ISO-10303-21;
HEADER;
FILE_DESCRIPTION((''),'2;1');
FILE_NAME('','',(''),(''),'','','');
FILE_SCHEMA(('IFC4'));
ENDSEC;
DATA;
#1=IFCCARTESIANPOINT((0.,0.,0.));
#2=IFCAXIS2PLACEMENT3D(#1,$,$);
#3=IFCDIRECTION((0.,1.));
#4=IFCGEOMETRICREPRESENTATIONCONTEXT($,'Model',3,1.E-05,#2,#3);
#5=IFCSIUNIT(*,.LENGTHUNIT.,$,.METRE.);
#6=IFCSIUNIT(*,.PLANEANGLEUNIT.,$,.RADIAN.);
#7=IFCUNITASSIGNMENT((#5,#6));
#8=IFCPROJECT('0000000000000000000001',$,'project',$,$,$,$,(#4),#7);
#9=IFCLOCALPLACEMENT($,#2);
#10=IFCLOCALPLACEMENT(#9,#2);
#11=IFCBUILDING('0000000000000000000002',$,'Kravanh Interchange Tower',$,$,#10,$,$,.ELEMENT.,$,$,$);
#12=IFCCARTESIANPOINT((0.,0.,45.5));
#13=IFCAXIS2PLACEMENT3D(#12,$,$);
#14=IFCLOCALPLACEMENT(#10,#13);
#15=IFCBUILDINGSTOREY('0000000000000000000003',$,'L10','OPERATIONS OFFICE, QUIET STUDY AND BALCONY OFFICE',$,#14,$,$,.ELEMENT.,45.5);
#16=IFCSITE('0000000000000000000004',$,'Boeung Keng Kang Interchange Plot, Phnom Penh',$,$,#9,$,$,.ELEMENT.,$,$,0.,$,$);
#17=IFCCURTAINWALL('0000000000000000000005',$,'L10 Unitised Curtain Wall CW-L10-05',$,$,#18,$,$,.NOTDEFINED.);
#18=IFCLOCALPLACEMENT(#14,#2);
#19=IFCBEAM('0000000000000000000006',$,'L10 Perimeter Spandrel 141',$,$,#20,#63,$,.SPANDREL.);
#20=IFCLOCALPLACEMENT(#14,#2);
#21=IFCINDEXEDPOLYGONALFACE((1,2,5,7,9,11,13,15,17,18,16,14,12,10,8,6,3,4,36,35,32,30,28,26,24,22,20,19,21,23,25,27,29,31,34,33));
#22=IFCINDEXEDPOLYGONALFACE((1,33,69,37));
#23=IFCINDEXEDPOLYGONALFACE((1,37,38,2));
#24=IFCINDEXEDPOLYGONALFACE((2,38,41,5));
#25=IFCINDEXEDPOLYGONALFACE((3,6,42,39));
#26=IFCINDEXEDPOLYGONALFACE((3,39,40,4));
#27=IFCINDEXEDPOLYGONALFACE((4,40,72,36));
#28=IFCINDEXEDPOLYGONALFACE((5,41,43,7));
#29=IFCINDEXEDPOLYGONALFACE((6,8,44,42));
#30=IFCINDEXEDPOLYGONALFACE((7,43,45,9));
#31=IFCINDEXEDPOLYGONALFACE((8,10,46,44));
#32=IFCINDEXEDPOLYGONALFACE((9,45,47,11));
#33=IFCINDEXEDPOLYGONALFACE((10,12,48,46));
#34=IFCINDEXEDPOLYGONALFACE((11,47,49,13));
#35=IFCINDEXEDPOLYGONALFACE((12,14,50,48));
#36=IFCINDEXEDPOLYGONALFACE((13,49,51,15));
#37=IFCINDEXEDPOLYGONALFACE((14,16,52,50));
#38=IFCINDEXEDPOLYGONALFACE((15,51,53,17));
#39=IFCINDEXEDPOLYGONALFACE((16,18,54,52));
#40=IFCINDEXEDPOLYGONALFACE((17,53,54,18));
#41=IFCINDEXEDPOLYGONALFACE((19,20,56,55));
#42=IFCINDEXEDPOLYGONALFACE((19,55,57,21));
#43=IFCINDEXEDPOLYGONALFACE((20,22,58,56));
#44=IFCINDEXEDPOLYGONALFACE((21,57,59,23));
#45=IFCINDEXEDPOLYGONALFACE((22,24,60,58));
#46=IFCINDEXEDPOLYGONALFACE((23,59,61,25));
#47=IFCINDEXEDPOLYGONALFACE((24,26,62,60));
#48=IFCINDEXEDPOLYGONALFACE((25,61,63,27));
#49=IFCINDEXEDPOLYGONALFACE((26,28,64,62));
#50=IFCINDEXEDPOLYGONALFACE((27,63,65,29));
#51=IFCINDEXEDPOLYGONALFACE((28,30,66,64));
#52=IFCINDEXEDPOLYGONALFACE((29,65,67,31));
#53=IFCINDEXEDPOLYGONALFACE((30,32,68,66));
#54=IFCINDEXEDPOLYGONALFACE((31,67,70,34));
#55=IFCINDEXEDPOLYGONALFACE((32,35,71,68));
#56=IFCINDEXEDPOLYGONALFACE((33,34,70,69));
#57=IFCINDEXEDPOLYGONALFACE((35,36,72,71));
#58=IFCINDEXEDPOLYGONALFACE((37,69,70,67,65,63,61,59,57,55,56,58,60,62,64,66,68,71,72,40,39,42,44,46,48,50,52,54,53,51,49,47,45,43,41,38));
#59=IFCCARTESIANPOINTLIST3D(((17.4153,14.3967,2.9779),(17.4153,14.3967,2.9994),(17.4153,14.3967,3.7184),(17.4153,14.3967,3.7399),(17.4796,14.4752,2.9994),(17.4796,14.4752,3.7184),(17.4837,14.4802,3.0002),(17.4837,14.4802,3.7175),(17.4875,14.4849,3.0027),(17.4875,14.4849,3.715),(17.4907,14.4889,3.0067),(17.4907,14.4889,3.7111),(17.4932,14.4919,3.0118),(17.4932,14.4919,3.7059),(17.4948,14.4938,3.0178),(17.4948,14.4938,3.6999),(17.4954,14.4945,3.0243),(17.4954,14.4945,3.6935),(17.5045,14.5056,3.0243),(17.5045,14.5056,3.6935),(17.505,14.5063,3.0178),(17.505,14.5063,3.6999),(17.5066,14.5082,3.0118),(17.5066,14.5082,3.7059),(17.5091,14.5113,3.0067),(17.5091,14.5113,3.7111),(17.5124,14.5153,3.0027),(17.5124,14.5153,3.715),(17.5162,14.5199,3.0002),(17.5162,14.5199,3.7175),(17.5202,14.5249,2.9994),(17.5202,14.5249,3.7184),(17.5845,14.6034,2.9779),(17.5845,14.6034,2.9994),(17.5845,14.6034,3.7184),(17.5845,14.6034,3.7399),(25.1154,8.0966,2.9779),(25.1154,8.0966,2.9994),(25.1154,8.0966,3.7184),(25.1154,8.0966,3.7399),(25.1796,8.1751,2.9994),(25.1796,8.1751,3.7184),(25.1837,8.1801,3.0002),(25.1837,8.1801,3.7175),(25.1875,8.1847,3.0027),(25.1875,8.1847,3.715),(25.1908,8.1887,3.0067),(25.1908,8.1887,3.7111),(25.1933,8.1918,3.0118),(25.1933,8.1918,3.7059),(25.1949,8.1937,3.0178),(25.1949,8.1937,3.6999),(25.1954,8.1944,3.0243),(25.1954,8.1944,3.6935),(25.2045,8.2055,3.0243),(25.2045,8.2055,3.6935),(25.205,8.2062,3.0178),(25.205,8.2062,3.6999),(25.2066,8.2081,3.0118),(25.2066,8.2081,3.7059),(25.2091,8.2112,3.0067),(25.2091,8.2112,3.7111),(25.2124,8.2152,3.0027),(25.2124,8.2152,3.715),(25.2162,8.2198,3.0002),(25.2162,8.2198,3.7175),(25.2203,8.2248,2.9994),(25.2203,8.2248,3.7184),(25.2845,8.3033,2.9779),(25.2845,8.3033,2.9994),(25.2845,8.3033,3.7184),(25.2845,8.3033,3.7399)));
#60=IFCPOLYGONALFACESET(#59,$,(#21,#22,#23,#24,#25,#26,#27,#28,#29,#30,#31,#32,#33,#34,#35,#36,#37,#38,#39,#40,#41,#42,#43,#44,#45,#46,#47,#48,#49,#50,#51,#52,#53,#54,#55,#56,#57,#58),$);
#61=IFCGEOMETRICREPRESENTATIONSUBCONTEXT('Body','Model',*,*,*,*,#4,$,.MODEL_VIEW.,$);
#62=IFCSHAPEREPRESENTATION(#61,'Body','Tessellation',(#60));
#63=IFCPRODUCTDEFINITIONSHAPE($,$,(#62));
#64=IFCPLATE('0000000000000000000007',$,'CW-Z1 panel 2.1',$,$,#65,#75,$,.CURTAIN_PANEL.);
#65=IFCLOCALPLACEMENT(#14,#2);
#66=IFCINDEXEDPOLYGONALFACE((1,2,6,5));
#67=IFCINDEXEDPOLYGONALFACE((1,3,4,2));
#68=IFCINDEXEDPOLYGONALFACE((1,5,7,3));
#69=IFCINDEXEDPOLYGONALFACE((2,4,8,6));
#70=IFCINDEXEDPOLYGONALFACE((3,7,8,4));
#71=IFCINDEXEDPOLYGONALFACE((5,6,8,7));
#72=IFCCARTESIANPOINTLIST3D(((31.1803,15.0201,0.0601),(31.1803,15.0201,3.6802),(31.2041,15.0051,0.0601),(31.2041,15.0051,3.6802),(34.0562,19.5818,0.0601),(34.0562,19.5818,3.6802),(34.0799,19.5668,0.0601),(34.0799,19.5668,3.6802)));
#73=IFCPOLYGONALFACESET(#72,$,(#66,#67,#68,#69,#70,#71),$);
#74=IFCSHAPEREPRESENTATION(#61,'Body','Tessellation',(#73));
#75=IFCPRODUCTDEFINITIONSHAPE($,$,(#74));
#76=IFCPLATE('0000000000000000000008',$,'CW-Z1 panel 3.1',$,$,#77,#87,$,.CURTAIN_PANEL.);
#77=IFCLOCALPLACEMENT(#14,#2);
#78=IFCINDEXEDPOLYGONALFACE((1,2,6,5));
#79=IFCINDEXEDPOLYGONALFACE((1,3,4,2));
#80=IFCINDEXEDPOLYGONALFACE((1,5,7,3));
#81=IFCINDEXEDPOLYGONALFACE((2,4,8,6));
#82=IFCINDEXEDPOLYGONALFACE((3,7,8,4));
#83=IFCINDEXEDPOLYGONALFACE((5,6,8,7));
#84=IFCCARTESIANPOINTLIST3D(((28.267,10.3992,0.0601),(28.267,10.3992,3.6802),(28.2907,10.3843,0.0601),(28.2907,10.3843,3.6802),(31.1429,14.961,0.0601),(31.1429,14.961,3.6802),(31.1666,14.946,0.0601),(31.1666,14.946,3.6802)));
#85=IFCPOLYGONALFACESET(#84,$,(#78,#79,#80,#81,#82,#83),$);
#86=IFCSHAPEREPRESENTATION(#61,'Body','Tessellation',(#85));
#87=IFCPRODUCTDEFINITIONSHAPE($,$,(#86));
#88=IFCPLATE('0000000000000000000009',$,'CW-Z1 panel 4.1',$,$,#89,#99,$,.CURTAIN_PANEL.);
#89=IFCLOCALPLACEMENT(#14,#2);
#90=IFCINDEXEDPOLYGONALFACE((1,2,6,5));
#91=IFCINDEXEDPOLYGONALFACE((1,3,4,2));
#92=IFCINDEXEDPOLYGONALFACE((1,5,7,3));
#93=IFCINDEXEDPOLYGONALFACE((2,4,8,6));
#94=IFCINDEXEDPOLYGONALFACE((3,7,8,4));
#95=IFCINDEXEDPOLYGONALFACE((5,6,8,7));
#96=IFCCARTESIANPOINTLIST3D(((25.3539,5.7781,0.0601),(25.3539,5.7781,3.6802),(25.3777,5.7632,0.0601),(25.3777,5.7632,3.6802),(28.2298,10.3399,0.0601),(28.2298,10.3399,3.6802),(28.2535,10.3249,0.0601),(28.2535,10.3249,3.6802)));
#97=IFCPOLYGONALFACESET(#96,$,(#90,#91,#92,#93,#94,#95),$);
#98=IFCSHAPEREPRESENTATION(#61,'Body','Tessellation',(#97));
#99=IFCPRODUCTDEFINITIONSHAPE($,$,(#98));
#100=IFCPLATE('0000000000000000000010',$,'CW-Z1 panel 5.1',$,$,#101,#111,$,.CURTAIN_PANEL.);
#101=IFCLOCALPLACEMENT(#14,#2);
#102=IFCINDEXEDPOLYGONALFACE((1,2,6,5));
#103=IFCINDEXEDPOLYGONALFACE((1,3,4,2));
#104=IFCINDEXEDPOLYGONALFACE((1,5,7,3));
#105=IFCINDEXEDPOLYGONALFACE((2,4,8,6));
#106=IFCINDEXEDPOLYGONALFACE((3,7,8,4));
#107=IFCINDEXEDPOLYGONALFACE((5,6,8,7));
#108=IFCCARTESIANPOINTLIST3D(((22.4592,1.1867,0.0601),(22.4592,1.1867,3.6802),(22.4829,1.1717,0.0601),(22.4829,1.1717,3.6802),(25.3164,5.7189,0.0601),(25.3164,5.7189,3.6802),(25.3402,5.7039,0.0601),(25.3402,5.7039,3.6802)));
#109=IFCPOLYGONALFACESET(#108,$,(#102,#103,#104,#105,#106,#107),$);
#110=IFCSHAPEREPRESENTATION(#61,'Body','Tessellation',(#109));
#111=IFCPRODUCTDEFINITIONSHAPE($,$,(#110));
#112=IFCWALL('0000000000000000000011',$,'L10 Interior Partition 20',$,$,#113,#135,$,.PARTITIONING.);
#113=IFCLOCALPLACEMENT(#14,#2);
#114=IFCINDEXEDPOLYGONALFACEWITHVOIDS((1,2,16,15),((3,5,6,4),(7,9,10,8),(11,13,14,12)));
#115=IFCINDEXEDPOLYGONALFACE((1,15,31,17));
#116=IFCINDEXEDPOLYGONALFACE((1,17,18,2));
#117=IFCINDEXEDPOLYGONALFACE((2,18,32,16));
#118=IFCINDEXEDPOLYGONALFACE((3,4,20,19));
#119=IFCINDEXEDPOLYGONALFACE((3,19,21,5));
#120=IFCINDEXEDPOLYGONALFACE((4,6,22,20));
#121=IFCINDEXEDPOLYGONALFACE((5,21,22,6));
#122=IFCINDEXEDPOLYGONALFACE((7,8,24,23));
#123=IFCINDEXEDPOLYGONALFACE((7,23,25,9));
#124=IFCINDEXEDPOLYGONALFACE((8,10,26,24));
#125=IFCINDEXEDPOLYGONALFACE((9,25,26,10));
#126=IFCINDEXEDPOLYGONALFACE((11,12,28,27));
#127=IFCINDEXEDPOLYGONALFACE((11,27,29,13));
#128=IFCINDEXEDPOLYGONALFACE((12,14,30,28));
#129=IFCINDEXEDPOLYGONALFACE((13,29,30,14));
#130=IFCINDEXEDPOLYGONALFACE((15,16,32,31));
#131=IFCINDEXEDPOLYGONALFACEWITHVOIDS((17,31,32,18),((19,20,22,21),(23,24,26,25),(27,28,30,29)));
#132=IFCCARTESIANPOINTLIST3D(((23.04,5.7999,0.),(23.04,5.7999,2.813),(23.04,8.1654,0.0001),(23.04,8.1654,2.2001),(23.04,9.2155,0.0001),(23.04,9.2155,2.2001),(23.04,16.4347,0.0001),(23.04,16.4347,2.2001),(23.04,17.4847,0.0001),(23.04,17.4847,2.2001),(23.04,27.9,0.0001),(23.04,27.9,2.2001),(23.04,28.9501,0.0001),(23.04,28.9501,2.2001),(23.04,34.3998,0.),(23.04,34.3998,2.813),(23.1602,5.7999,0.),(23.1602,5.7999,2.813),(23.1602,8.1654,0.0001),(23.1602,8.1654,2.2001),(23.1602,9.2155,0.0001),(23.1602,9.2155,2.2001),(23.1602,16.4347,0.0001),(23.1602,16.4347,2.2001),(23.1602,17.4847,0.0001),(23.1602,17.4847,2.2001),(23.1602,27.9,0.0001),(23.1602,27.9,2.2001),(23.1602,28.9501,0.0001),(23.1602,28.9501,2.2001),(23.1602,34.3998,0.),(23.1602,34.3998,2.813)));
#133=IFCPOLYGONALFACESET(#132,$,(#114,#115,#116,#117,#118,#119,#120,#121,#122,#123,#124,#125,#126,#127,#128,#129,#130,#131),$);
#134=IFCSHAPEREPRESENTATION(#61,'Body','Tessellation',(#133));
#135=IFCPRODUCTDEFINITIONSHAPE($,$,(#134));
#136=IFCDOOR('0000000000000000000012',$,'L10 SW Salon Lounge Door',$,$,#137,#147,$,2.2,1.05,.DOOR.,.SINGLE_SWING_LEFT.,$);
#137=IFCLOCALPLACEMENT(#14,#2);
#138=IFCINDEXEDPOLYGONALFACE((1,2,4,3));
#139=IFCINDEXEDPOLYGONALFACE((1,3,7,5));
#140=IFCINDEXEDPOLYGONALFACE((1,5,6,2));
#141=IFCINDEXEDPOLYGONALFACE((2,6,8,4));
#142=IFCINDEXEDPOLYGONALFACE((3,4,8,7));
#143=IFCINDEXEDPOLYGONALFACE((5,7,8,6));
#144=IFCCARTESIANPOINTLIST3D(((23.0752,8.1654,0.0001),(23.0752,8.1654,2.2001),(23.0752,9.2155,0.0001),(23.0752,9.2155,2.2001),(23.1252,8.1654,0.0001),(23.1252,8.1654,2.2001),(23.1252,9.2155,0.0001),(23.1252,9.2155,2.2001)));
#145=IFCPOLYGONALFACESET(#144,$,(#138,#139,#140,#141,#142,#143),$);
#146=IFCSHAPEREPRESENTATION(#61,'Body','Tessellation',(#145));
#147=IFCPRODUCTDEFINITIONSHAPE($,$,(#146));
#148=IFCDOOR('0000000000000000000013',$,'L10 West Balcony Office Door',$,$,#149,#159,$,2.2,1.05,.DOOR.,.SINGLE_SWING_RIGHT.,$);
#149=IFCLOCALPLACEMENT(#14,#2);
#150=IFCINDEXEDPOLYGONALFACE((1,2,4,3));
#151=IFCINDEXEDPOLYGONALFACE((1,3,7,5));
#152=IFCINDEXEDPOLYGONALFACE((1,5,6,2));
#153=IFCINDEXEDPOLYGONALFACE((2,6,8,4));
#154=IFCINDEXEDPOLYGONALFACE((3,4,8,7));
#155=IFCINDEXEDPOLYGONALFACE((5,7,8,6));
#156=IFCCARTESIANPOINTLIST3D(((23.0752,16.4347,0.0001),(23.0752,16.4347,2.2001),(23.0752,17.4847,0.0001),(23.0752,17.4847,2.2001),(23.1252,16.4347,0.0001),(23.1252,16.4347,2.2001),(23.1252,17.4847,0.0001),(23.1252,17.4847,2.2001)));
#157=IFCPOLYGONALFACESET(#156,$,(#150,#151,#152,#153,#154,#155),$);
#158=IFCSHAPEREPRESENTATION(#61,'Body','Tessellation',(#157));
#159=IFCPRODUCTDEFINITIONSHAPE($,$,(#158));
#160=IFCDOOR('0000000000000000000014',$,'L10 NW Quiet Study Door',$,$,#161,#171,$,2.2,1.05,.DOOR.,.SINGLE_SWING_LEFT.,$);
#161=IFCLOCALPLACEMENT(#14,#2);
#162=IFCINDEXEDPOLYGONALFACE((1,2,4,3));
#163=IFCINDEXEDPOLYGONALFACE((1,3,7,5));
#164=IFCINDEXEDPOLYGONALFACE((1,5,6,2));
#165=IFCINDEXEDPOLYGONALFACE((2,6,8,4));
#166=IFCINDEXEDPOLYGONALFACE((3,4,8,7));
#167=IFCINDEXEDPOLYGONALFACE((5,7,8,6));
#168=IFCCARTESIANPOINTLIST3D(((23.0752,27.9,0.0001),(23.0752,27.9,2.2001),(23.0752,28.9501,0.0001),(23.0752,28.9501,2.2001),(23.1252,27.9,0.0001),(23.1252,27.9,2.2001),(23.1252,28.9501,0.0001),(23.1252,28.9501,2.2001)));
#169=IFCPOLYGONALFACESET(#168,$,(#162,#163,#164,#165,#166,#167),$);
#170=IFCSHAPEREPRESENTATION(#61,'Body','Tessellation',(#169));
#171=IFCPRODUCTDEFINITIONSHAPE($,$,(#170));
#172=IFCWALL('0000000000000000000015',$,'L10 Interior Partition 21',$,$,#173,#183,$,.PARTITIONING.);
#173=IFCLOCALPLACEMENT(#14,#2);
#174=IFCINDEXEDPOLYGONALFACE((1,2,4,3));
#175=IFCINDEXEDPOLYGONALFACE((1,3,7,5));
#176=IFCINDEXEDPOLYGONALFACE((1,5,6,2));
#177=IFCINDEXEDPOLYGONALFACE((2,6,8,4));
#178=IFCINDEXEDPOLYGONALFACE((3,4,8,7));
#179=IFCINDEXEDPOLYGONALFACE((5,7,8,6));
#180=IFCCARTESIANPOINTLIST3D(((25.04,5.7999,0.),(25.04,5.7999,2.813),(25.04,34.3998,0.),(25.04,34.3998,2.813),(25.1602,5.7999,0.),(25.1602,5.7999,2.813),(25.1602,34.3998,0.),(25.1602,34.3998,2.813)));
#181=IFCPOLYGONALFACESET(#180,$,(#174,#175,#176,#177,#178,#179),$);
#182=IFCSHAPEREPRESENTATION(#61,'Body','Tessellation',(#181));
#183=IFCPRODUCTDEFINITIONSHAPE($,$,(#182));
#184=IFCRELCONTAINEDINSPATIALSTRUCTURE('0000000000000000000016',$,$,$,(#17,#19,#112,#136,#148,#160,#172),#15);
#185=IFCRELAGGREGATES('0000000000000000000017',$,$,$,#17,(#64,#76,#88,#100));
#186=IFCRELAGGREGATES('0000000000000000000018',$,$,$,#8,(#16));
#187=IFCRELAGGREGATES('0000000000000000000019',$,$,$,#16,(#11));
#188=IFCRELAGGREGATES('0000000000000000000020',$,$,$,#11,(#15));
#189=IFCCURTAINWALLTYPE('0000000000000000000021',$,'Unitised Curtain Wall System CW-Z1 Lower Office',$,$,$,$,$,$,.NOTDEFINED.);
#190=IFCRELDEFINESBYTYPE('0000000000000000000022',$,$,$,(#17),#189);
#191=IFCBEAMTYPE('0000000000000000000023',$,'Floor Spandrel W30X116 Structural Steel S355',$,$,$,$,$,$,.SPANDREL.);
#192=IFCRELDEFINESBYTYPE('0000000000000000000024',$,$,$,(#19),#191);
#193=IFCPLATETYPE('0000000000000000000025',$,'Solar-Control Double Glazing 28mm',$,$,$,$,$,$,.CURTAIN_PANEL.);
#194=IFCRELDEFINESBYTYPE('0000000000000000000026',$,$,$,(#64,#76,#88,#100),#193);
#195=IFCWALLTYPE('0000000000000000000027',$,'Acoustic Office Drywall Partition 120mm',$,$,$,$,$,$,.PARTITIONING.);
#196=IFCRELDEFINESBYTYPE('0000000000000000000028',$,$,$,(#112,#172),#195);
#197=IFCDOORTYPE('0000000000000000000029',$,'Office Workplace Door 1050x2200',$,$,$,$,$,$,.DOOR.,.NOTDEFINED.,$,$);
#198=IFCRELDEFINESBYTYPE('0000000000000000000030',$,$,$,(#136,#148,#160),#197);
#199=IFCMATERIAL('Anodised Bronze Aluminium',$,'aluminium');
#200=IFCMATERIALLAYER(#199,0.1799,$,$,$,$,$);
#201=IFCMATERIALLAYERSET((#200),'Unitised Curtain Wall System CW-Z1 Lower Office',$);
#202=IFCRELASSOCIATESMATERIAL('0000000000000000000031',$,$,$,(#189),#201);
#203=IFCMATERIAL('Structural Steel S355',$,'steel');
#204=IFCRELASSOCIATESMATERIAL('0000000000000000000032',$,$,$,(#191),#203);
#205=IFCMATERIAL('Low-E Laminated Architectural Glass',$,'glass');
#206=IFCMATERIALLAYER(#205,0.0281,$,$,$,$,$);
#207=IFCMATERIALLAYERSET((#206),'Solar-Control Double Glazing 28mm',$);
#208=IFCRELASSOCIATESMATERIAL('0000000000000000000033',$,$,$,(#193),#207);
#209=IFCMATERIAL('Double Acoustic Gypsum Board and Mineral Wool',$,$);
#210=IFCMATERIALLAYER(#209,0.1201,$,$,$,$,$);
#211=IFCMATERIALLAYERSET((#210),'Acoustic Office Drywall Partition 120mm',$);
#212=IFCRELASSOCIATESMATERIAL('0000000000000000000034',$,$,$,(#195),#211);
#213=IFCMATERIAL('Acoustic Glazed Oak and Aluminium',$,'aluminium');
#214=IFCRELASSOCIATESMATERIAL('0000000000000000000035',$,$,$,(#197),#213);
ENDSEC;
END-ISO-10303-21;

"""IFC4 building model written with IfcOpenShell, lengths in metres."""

from ifc_helpers import new_model, si_unit, direction, frame, frame_2d, origin, origin_2d, place, context, subcontext, project, spatial, rectangle, i_section, extrude, material, layer, layer_set, material_profile, profile_set, type_object, element, fill, aggregate, save


model = new_model("IFC4")

# Units and contexts
model_context = context("Model", 3, precision=1e-05, world=origin(), true_north=direction((0.0, 1.0)))
body_context = subcontext(model_context, "Body", "Model", "MODEL_VIEW")
ifc_project = project(units=[si_unit("LENGTHUNIT", "METRE"), si_unit("PLANEANGLEUNIT", "RADIAN")], contexts=[model_context])

# Site, building, storey
site_placement = place(None, origin())
site = spatial("IfcSite", under=ifc_project, at=site_placement, Name="Boeung Keng Kang Interchange Plot, Phnom Penh", CompositionType="ELEMENT", RefElevation=0.0)
building_placement = place(site_placement, origin())
building = spatial("IfcBuilding", under=site, at=building_placement, Name="Kravanh Interchange Tower", CompositionType="ELEMENT")
storey_placement = place(building_placement, frame((0.0, 0.0, 45.5)))
storey = spatial("IfcBuildingStorey", under=building, at=storey_placement, Name="L10", Description="OPERATIONS OFFICE, QUIET STUDY AND BALCONY OFFICE", CompositionType="ELEMENT", Elevation=45.5)

# Curtain wall
ifc_material_1 = material(Name="Anodised Bronze Aluminium", Category="aluminium")
ifc_layer_1 = layer(ifc_material_1, 0.1799)
ifc_layer_set_1 = layer_set([ifc_layer_1], Name="Unitised Curtain Wall System CW-Z1 Lower Office")
curtain_wall_type = type_object("IfcCurtainWallType", Name="Unitised Curtain Wall System CW-Z1 Lower Office", PredefinedType="NOTDEFINED", material=ifc_layer_set_1)
curtain_wall_1_placement = place(storey_placement, origin())
curtain_wall_1 = element("IfcCurtainWall", 1, at=curtain_wall_1_placement, inside=storey, type_object=curtain_wall_type, Name="L10 Unitised Curtain Wall CW-L10-05", PredefinedType="NOTDEFINED")

# Beam
ifc_material_2 = material(Name="Structural Steel S355", Category="steel")
ifc_material_profile_1 = material_profile(ifc_material_2, i_section(OverallWidth=0.2671, OverallDepth=0.762, WebThickness=0.0144, FlangeThickness=0.0215, FilletRadius=0.0249, at=origin_2d()), Name="W30X116")
ifc_profile_set_1 = profile_set([ifc_material_profile_1], Name="Structural Steel S355")
beam_type = type_object("IfcBeamType", Name="Floor Spandrel W30X116 Structural Steel S355", PredefinedType="SPANDREL", material=ifc_profile_set_1)
beam_1_placement = place(storey_placement, frame((25.2, 8.2, 3.3589), z_axis=(-0.773953, 0.633243, 0.0), x_axis=(-0.633243, -0.773953, 0.0)))
element("IfcBeam", 2, at=beam_1_placement, inside=storey, type_object=beam_type, Name="L10 Perimeter Spandrel 141", PredefinedType="SPANDREL", context=body_context, shape_type="SweptSolid", body=[
    extrude(i_section(OverallWidth=0.2671, OverallDepth=0.762, WebThickness=0.0144, FlangeThickness=0.0215, FilletRadius=0.0249, at=origin_2d()), origin(), (0.0, 0.0, 1.0), 9.949),
])

# Plates
ifc_material_3 = material(Name="Low-E Laminated Architectural Glass", Category="glass")
ifc_layer_2 = layer(ifc_material_3, 0.0281)
ifc_layer_set_2 = layer_set([ifc_layer_2], Name="Solar-Control Double Glazing 28mm")
plate_type = type_object("IfcPlateType", Name="Solar-Control Double Glazing 28mm", PredefinedType="CURTAIN_PANEL", material=ifc_layer_set_2)
plate_1_placement = place(storey_placement, frame((32.6301, 17.2935, 0.0601), z_axis=(0.0, 0.0, 1.0), x_axis=(-0.533301, -0.845926, 0.0)))
plate_1 = element("IfcPlate", 3, at=plate_1_placement, type_object=plate_type, Name="CW-Z1 panel 2.1", PredefinedType="CURTAIN_PANEL", context=body_context, shape_type="SweptSolid", body=[
    extrude(rectangle(XDim=5.3926, YDim=0.0281, at=origin_2d()), origin(), (0.0, 0.0, 1.0), 3.6201),
])
plate_2_placement = place(storey_placement, frame((29.7168, 12.6726, 0.0601), z_axis=(0.0, 0.0, 1.0), x_axis=(-0.533301, -0.845926, 0.0)))
plate_2 = element("IfcPlate", 4, at=plate_2_placement, type_object=plate_type, Name="CW-Z1 panel 3.1", PredefinedType="CURTAIN_PANEL", context=body_context, shape_type="SweptSolid", body=[
    extrude(rectangle(XDim=5.3926, YDim=0.0281, at=origin_2d()), origin(), (0.0, 0.0, 1.0), 3.6201),
])
plate_3_placement = place(storey_placement, frame((26.8037, 8.0515, 0.0601), z_axis=(0.0, 0.0, 1.0), x_axis=(-0.533301, -0.845926, 0.0)))
plate_3 = element("IfcPlate", 5, at=plate_3_placement, type_object=plate_type, Name="CW-Z1 panel 4.1", PredefinedType="CURTAIN_PANEL", context=body_context, shape_type="SweptSolid", body=[
    extrude(rectangle(XDim=5.3926, YDim=0.0281, at=origin_2d()), origin(), (0.0, 0.0, 1.0), 3.6201),
])
plate_4_placement = place(storey_placement, frame((23.8997, 3.4453, 0.0601), z_axis=(0.0, 0.0, 1.0), x_axis=(-0.533301, -0.845926, 0.0)))
plate_4 = element("IfcPlate", 6, at=plate_4_placement, type_object=plate_type, Name="CW-Z1 panel 5.1", PredefinedType="CURTAIN_PANEL", context=body_context, shape_type="SweptSolid", body=[
    extrude(rectangle(XDim=5.3577, YDim=0.0281, at=origin_2d()), origin(), (0.0, 0.0, 1.0), 3.6201),
])
aggregate(curtain_wall_1, [plate_1, plate_2, plate_3, plate_4])

# Wall, openings, doors
ifc_material_4 = material(Name="Double Acoustic Gypsum Board and Mineral Wool")
ifc_layer_3 = layer(ifc_material_4, 0.1201)
ifc_layer_set_3 = layer_set([ifc_layer_3], Name="Acoustic Office Drywall Partition 120mm")
wall_type = type_object("IfcWallType", Name="Acoustic Office Drywall Partition 120mm", PredefinedType="PARTITIONING", material=ifc_layer_set_3)
wall_1_placement = place(storey_placement, frame((23.1001, 5.8, 0.0), z_axis=(0.0, 0.0, 1.0), x_axis=(0.0, 1.0, 0.0)))
wall_1 = element("IfcWall", 7, at=wall_1_placement, inside=storey, type_object=wall_type, Name="L10 Interior Partition 20", PredefinedType="PARTITIONING", context=body_context, shape_type="SweptSolid", body=[
    extrude(rectangle(XDim=28.5999, YDim=0.1201, at=frame_2d((14.2998, 0.0))), origin(), (0.0, 0.0, 1.0), 2.813),
])
opening_1_placement = place(wall_1_placement, frame((2.3655, 0.0, 0.0)))
opening_1 = element("IfcOpeningElement", 8, at=opening_1_placement, cuts=wall_1, PredefinedType="OPENING", context=body_context, shape_type="SweptSolid", body=[
    extrude(rectangle(XDim=1.05, YDim=2.2, at=frame_2d((0.5249, 1.1001))), frame((0.0, 0.0701, 0.0), z_axis=(0.0, -1.0, 0.0), x_axis=(1.0, 0.0, 0.0)), (0.0, 0.0, 1.0), 0.1401),
])
opening_2_placement = place(wall_1_placement, frame((10.6348, 0.0, 0.0)))
opening_2 = element("IfcOpeningElement", 9, at=opening_2_placement, cuts=wall_1, PredefinedType="OPENING", context=body_context, shape_type="SweptSolid", body=[
    extrude(rectangle(XDim=1.05, YDim=2.2, at=frame_2d((0.5249, 1.1001))), frame((0.0, 0.0701, 0.0), z_axis=(0.0, -1.0, 0.0), x_axis=(1.0, 0.0, 0.0)), (0.0, 0.0, 1.0), 0.1401),
])
opening_3_placement = place(wall_1_placement, frame((22.1001, 0.0, 0.0)))
opening_3 = element("IfcOpeningElement", 10, at=opening_3_placement, cuts=wall_1, PredefinedType="OPENING", context=body_context, shape_type="SweptSolid", body=[
    extrude(rectangle(XDim=1.05, YDim=2.2, at=frame_2d((0.5249, 1.1001))), frame((0.0, 0.0701, 0.0), z_axis=(0.0, -1.0, 0.0), x_axis=(1.0, 0.0, 0.0)), (0.0, 0.0, 1.0), 0.1401),
])
ifc_material_5 = material(Name="Acoustic Glazed Oak and Aluminium", Category="aluminium")
door_type = type_object("IfcDoorType", Name="Office Workplace Door 1050x2200", OperationType="NOTDEFINED", PredefinedType="DOOR", material=ifc_material_5)
door_1_placement = place(opening_1_placement, origin())
door_1 = element("IfcDoor", 11, at=door_1_placement, inside=storey, type_object=door_type, Name="L10 SW Salon Lounge Door", OperationType="SINGLE_SWING_LEFT", OverallHeight=2.2, OverallWidth=1.05, PredefinedType="DOOR", context=body_context, shape_type="SweptSolid", body=[
    extrude(rectangle(XDim=1.05, YDim=2.2, at=frame_2d((0.5249, 1.1001))), frame((0.0, 0.0249, 0.0), z_axis=(0.0, -1.0, 0.0), x_axis=(1.0, 0.0, 0.0)), (0.0, 0.0, 1.0), 0.05),
])
fill(opening_1, door_1)
door_2_placement = place(opening_2_placement, origin())
door_2 = element("IfcDoor", 12, at=door_2_placement, inside=storey, type_object=door_type, Name="L10 West Balcony Office Door", OperationType="SINGLE_SWING_RIGHT", OverallHeight=2.2, OverallWidth=1.05, PredefinedType="DOOR", context=body_context, shape_type="SweptSolid", body=[
    extrude(rectangle(XDim=1.05, YDim=2.2, at=frame_2d((0.5249, 1.1001))), frame((0.0, 0.0249, 0.0), z_axis=(0.0, -1.0, 0.0), x_axis=(1.0, 0.0, 0.0)), (0.0, 0.0, 1.0), 0.05),
])
fill(opening_2, door_2)
door_3_placement = place(opening_3_placement, origin())
door_3 = element("IfcDoor", 13, at=door_3_placement, inside=storey, type_object=door_type, Name="L10 NW Quiet Study Door", OperationType="SINGLE_SWING_LEFT", OverallHeight=2.2, OverallWidth=1.05, PredefinedType="DOOR", context=body_context, shape_type="SweptSolid", body=[
    extrude(rectangle(XDim=1.05, YDim=2.2, at=frame_2d((0.5249, 1.1001))), frame((0.0, 0.0249, 0.0), z_axis=(0.0, -1.0, 0.0), x_axis=(1.0, 0.0, 0.0)), (0.0, 0.0, 1.0), 0.05),
])
fill(opening_3, door_3)

# Wall
wall_2_placement = place(storey_placement, frame((25.1001, 5.8, 0.0), z_axis=(0.0, 0.0, 1.0), x_axis=(0.0, 1.0, 0.0)))
element("IfcWall", 14, at=wall_2_placement, inside=storey, type_object=wall_type, Name="L10 Interior Partition 21", PredefinedType="PARTITIONING", context=body_context, shape_type="SweptSolid", body=[
    extrude(rectangle(XDim=28.5999, YDim=0.1201, at=frame_2d((14.2998, 0.0))), origin(), (0.0, 0.0, 1.0), 2.813),
])

save(model, "model.ifc")
